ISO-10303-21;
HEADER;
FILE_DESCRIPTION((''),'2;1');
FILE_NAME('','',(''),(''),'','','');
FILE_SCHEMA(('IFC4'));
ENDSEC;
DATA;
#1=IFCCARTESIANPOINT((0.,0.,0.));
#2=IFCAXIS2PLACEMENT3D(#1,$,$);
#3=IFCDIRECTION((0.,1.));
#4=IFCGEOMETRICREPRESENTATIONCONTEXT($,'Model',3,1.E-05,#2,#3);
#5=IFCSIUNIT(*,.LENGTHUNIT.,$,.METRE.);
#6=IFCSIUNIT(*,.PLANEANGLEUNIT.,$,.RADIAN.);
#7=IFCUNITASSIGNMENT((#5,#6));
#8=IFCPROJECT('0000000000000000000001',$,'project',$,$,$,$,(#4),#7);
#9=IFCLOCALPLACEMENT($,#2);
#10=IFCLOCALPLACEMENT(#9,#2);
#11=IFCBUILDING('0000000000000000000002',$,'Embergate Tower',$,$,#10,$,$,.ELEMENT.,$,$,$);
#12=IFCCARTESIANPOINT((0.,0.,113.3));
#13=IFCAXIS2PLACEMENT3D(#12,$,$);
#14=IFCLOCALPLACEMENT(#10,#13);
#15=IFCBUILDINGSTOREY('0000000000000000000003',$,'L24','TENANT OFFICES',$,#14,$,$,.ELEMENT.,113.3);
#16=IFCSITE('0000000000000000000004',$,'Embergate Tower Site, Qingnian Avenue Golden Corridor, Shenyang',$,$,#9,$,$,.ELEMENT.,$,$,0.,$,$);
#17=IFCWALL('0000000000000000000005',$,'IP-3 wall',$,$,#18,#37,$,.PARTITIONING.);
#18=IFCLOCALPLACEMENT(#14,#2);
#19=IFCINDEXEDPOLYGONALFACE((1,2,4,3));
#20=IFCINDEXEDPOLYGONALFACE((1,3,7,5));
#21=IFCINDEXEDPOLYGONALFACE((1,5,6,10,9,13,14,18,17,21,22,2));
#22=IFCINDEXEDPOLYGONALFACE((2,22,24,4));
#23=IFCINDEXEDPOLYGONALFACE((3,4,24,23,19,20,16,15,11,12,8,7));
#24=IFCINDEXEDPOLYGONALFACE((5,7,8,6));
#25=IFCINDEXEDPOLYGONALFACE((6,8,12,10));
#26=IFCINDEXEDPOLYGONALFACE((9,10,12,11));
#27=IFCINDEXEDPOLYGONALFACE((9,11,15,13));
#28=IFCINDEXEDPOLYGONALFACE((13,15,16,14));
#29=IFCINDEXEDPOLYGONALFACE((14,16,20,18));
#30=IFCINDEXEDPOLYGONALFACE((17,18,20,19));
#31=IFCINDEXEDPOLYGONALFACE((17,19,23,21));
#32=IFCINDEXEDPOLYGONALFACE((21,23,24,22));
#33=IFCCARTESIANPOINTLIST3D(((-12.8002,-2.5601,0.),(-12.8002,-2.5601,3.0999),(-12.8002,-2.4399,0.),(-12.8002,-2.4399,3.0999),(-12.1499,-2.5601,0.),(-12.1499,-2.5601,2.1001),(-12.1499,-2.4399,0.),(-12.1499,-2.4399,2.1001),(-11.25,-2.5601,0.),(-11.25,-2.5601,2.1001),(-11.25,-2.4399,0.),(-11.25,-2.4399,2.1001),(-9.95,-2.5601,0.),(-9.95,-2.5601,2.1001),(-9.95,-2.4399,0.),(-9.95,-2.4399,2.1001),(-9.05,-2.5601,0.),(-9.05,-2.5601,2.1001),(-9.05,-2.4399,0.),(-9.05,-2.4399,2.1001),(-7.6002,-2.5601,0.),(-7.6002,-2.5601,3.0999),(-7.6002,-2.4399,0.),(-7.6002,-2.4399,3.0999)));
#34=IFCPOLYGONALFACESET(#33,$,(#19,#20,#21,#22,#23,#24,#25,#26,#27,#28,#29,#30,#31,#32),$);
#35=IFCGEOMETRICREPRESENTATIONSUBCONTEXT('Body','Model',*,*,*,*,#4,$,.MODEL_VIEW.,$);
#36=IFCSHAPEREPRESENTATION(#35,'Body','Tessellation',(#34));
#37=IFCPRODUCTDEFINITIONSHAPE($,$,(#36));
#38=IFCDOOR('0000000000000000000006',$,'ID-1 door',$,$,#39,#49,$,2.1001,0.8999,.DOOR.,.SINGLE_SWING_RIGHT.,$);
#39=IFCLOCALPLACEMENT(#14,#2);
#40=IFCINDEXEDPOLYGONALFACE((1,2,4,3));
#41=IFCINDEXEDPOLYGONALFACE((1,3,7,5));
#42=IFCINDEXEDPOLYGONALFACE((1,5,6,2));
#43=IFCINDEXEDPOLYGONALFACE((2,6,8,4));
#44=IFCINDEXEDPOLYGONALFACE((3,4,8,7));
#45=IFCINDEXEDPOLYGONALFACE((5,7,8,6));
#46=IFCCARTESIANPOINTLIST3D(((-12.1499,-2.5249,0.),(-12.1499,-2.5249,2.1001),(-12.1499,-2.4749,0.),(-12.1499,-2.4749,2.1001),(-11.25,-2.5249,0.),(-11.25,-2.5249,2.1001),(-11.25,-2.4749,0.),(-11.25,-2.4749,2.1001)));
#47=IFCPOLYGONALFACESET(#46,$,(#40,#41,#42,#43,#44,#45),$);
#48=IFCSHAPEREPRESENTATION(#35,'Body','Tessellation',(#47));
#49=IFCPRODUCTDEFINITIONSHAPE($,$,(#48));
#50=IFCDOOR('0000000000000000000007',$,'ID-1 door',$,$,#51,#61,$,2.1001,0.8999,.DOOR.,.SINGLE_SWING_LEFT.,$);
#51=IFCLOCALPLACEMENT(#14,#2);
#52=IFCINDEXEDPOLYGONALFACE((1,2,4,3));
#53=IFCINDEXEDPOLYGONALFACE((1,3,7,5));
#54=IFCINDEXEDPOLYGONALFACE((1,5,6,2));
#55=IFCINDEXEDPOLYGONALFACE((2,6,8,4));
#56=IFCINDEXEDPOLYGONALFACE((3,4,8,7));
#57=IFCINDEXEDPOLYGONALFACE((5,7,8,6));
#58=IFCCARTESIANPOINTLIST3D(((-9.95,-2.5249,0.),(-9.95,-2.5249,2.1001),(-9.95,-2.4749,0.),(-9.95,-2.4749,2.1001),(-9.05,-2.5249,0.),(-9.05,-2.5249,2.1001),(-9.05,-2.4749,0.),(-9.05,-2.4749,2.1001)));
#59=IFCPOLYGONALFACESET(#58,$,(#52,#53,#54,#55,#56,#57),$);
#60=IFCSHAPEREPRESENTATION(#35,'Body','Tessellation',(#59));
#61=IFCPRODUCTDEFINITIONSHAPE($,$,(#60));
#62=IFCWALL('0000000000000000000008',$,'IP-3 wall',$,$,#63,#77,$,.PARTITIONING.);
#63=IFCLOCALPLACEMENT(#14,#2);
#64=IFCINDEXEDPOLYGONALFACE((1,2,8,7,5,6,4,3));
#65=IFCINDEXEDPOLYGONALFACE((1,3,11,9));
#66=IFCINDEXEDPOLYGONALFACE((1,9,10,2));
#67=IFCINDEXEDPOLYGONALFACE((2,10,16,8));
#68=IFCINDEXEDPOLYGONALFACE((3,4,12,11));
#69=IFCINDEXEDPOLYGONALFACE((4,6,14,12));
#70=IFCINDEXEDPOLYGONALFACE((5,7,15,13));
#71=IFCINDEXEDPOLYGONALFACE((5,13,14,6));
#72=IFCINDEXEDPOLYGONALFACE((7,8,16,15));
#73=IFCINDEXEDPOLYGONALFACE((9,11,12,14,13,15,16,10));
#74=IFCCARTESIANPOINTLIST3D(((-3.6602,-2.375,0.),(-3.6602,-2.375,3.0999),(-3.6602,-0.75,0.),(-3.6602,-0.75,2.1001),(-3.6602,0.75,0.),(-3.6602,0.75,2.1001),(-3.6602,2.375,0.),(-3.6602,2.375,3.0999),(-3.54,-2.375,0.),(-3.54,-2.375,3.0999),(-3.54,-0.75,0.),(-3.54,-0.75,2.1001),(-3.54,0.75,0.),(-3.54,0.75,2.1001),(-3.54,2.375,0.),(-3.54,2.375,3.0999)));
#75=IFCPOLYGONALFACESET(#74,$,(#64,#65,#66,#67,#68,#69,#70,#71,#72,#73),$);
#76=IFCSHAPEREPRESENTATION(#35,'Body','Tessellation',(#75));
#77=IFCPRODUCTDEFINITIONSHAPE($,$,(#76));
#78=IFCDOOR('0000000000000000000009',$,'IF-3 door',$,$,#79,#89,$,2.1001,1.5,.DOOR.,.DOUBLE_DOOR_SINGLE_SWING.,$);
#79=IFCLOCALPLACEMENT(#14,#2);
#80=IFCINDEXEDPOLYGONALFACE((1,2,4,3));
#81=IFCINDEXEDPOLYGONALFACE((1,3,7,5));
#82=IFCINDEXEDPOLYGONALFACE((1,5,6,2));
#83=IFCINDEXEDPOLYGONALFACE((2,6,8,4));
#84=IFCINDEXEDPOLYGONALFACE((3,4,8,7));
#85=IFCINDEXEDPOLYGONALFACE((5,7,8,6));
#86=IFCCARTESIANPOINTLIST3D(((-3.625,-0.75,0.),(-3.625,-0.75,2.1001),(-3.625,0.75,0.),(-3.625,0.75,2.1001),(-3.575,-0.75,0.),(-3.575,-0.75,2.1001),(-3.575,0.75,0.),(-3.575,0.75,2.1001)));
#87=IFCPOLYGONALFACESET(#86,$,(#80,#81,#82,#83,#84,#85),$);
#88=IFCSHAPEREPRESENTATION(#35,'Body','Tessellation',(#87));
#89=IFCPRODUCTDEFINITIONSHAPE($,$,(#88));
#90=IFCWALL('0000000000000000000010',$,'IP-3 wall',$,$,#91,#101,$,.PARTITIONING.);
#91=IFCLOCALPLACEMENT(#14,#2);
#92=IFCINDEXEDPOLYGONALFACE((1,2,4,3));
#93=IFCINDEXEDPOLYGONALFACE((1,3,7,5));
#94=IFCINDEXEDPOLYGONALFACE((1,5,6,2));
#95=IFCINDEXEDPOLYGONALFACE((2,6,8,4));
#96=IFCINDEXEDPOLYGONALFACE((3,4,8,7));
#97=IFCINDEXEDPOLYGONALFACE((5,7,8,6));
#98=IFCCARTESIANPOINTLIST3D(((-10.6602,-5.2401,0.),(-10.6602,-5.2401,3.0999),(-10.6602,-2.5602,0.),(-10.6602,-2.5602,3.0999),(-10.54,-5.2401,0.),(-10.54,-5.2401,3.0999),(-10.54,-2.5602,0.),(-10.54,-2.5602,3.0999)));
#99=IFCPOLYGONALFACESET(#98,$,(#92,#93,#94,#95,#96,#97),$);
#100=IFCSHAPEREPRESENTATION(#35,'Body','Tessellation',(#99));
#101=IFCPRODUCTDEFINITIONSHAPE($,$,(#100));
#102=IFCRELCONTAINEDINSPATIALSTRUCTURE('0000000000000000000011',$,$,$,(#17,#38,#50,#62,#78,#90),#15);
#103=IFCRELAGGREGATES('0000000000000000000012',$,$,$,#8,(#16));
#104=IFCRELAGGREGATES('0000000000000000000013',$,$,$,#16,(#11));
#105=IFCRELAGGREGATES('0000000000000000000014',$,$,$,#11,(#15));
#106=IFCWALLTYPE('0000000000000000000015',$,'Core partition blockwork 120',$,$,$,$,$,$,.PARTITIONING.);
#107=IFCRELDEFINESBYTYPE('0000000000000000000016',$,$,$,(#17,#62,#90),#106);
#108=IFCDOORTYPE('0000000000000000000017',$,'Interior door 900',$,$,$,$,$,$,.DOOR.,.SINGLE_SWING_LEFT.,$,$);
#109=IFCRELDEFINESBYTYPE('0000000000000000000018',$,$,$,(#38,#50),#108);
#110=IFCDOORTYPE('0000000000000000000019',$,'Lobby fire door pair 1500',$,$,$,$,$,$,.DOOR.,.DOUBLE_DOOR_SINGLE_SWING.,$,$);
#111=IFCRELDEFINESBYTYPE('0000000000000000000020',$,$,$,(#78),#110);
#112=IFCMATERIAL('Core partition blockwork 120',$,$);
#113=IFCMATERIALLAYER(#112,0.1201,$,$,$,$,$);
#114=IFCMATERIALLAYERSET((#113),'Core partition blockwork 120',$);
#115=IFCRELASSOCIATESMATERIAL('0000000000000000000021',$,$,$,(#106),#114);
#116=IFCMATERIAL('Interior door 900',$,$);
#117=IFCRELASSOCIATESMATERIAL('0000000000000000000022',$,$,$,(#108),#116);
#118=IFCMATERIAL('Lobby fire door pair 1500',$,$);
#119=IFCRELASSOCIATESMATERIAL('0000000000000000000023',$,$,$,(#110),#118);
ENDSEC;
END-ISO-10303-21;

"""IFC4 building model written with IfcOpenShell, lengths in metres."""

from ifc_helpers import new_model, si_unit, direction, frame, frame_2d, origin, place, context, subcontext, project, spatial, rectangle, extrude, source, transform, mapped, material, layer, layer_set, type_object, element, fill, save


model = new_model("IFC4")

# Units and contexts
model_context = context("Model", 3, precision=1e-05, world=origin(), true_north=direction((0.0, 1.0)))
body_context = subcontext(model_context, "Body", "Model", "MODEL_VIEW")
ifc_project = project(units=[si_unit("LENGTHUNIT", "METRE"), si_unit("PLANEANGLEUNIT", "RADIAN")], contexts=[model_context])

# Site, building, storey
site_placement = place(None, origin())
site = spatial("IfcSite", under=ifc_project, at=site_placement, Name="Embergate Tower Site, Qingnian Avenue Golden Corridor, Shenyang", CompositionType="ELEMENT", RefElevation=0.0)
building_placement = place(site_placement, origin())
building = spatial("IfcBuilding", under=site, at=building_placement, Name="Embergate Tower", CompositionType="ELEMENT")
storey_placement = place(building_placement, frame((0.0, 0.0, 113.3)))
storey = spatial("IfcBuildingStorey", under=building, at=storey_placement, Name="L24", Description="TENANT OFFICES", CompositionType="ELEMENT", Elevation=113.3)

# Shared definitions
ifc_material_1 = material(Name="Core partition blockwork 120")
ifc_layer_1 = layer(ifc_material_1, 0.1201)
ifc_layer_set_1 = layer_set([ifc_layer_1], Name="Core partition blockwork 120")
wall_type_1 = type_object("IfcWallType", Name="Core partition blockwork 120", PredefinedType="PARTITIONING", material=ifc_layer_set_1)
shared_shape_1 = source(origin(), body_context, "Body", "SweptSolid", [
    extrude(rectangle(XDim=0.8999, YDim=2.1001, at=frame_2d((0.45, 1.05))), frame((0.0, 0.0701, 0.0), z_axis=(0.0, -1.0, 0.0), x_axis=(1.0, 0.0, 0.0)), (0.0, 0.0, 1.0), 0.1401),
])
ifc_material_2 = material(Name="Interior door 900")
door_type_1 = type_object("IfcDoorType", Name="Interior door 900", OperationType="SINGLE_SWING_LEFT", PredefinedType="DOOR", material=ifc_material_2)
shared_shape_2 = source(origin(), body_context, "Body", "SweptSolid", [
    extrude(rectangle(XDim=0.8999, YDim=2.1001, at=frame_2d((0.45, 1.05))), frame((0.0, 0.0249, 0.0), z_axis=(0.0, -1.0, 0.0), x_axis=(1.0, 0.0, 0.0)), (0.0, 0.0, 1.0), 0.05),
])

# Wall, openings, doors
shared_shape_3 = source(origin(), body_context, "Body", "SweptSolid", [
    extrude(rectangle(XDim=5.2, YDim=0.1201, at=frame_2d((2.6001, 0.0))), origin(), (0.0, 0.0, 1.0), 3.0999),
])
wall_1_placement = place(storey_placement, frame((-7.6001, -2.5, 0.0), z_axis=(0.0, 0.0, 1.0), x_axis=(-1.0, 0.0, 0.0)))
wall_1 = element("IfcWall", 1, at=wall_1_placement, inside=storey, type_object=wall_type_1, Name="IP-3 wall", PredefinedType="PARTITIONING", context=body_context, shape_type="MappedRepresentation", body=[
    mapped(shared_shape_3, transform((0.0, 0.0, 0.0))),
])
opening_1_placement = place(wall_1_placement, frame((3.6499, 0.0, 0.0)))
opening_1 = element("IfcOpeningElement", 2, at=opening_1_placement, cuts=wall_1, PredefinedType="OPENING", context=body_context, shape_type="MappedRepresentation", body=[
    mapped(shared_shape_1, transform((0.0, 0.0, 0.0))),
])
opening_2_placement = place(wall_1_placement, frame((1.45, 0.0, 0.0)))
opening_2 = element("IfcOpeningElement", 3, at=opening_2_placement, cuts=wall_1, PredefinedType="OPENING", context=body_context, shape_type="MappedRepresentation", body=[
    mapped(shared_shape_1, transform((0.0, 0.0, 0.0))),
])
door_1_placement = place(opening_1_placement, origin())
door_1 = element("IfcDoor", 4, at=door_1_placement, inside=storey, type_object=door_type_1, Name="ID-1 door", OperationType="SINGLE_SWING_RIGHT", OverallHeight=2.1001, OverallWidth=0.8999, PredefinedType="DOOR", context=body_context, shape_type="MappedRepresentation", body=[
    mapped(shared_shape_2, transform((0.0, 0.0, 0.0))),
])
fill(opening_1, door_1)
door_2_placement = place(opening_2_placement, origin())
door_2 = element("IfcDoor", 5, at=door_2_placement, inside=storey, type_object=door_type_1, Name="ID-1 door", OperationType="SINGLE_SWING_LEFT", OverallHeight=2.1001, OverallWidth=0.8999, PredefinedType="DOOR", context=body_context, shape_type="MappedRepresentation", body=[
    mapped(shared_shape_2, transform((0.0, 0.0, 0.0))),
])
fill(opening_2, door_2)

# Wall, opening, door
shared_shape_4 = source(origin(), body_context, "Body", "SweptSolid", [
    extrude(rectangle(XDim=4.75, YDim=0.1201, at=frame_2d((2.375, 0.0))), origin(), (0.0, 0.0, 1.0), 3.0999),
])
wall_2_placement = place(storey_placement, frame((-3.6001, -2.375, 0.0), z_axis=(0.0, 0.0, 1.0), x_axis=(0.0, 1.0, 0.0)))
wall_2 = element("IfcWall", 6, at=wall_2_placement, inside=storey, type_object=wall_type_1, Name="IP-3 wall", PredefinedType="PARTITIONING", context=body_context, shape_type="MappedRepresentation", body=[
    mapped(shared_shape_4, transform((0.0, 0.0, 0.0))),
])
shared_shape_5 = source(origin(), body_context, "Body", "SweptSolid", [
    extrude(rectangle(XDim=1.5, YDim=2.1001, at=frame_2d((0.75, 1.05))), frame((0.0, 0.0701, 0.0), z_axis=(0.0, -1.0, 0.0), x_axis=(1.0, 0.0, 0.0)), (0.0, 0.0, 1.0), 0.1401),
])
opening_3_placement = place(wall_2_placement, frame((1.625, 0.0, 0.0)))
opening_3 = element("IfcOpeningElement", 7, at=opening_3_placement, cuts=wall_2, PredefinedType="OPENING", context=body_context, shape_type="MappedRepresentation", body=[
    mapped(shared_shape_5, transform((0.0, 0.0, 0.0))),
])
ifc_material_3 = material(Name="Lobby fire door pair 1500")
door_type_2 = type_object("IfcDoorType", Name="Lobby fire door pair 1500", OperationType="DOUBLE_DOOR_SINGLE_SWING", PredefinedType="DOOR", material=ifc_material_3)
shared_shape_6 = source(origin(), body_context, "Body", "SweptSolid", [
    extrude(rectangle(XDim=1.5, YDim=2.1001, at=frame_2d((0.75, 1.05))), frame((0.0, 0.0249, 0.0), z_axis=(0.0, -1.0, 0.0), x_axis=(1.0, 0.0, 0.0)), (0.0, 0.0, 1.0), 0.05),
])
door_3_placement = place(opening_3_placement, origin())
door_3 = element("IfcDoor", 8, at=door_3_placement, inside=storey, type_object=door_type_2, Name="IF-3 door", OperationType="DOUBLE_DOOR_SINGLE_SWING", OverallHeight=2.1001, OverallWidth=1.5, PredefinedType="DOOR", context=body_context, shape_type="MappedRepresentation", body=[
    mapped(shared_shape_6, transform((0.0, 0.0, 0.0))),
])
fill(opening_3, door_3)

# Wall
shared_shape_7 = source(origin(), body_context, "Body", "SweptSolid", [
    extrude(rectangle(XDim=2.6799, YDim=0.1201, at=frame_2d((1.3398, 0.0))), origin(), (0.0, 0.0, 1.0), 3.0999),
])
wall_3_placement = place(storey_placement, frame((-10.6001, -5.24, 0.0), z_axis=(0.0, 0.0, 1.0), x_axis=(0.0, 1.0, 0.0)))
element("IfcWall", 9, at=wall_3_placement, inside=storey, type_object=wall_type_1, Name="IP-3 wall", PredefinedType="PARTITIONING", context=body_context, shape_type="MappedRepresentation", body=[
    mapped(shared_shape_7, transform((0.0, 0.0, 0.0))),
])

save(model, "model.ifc")
